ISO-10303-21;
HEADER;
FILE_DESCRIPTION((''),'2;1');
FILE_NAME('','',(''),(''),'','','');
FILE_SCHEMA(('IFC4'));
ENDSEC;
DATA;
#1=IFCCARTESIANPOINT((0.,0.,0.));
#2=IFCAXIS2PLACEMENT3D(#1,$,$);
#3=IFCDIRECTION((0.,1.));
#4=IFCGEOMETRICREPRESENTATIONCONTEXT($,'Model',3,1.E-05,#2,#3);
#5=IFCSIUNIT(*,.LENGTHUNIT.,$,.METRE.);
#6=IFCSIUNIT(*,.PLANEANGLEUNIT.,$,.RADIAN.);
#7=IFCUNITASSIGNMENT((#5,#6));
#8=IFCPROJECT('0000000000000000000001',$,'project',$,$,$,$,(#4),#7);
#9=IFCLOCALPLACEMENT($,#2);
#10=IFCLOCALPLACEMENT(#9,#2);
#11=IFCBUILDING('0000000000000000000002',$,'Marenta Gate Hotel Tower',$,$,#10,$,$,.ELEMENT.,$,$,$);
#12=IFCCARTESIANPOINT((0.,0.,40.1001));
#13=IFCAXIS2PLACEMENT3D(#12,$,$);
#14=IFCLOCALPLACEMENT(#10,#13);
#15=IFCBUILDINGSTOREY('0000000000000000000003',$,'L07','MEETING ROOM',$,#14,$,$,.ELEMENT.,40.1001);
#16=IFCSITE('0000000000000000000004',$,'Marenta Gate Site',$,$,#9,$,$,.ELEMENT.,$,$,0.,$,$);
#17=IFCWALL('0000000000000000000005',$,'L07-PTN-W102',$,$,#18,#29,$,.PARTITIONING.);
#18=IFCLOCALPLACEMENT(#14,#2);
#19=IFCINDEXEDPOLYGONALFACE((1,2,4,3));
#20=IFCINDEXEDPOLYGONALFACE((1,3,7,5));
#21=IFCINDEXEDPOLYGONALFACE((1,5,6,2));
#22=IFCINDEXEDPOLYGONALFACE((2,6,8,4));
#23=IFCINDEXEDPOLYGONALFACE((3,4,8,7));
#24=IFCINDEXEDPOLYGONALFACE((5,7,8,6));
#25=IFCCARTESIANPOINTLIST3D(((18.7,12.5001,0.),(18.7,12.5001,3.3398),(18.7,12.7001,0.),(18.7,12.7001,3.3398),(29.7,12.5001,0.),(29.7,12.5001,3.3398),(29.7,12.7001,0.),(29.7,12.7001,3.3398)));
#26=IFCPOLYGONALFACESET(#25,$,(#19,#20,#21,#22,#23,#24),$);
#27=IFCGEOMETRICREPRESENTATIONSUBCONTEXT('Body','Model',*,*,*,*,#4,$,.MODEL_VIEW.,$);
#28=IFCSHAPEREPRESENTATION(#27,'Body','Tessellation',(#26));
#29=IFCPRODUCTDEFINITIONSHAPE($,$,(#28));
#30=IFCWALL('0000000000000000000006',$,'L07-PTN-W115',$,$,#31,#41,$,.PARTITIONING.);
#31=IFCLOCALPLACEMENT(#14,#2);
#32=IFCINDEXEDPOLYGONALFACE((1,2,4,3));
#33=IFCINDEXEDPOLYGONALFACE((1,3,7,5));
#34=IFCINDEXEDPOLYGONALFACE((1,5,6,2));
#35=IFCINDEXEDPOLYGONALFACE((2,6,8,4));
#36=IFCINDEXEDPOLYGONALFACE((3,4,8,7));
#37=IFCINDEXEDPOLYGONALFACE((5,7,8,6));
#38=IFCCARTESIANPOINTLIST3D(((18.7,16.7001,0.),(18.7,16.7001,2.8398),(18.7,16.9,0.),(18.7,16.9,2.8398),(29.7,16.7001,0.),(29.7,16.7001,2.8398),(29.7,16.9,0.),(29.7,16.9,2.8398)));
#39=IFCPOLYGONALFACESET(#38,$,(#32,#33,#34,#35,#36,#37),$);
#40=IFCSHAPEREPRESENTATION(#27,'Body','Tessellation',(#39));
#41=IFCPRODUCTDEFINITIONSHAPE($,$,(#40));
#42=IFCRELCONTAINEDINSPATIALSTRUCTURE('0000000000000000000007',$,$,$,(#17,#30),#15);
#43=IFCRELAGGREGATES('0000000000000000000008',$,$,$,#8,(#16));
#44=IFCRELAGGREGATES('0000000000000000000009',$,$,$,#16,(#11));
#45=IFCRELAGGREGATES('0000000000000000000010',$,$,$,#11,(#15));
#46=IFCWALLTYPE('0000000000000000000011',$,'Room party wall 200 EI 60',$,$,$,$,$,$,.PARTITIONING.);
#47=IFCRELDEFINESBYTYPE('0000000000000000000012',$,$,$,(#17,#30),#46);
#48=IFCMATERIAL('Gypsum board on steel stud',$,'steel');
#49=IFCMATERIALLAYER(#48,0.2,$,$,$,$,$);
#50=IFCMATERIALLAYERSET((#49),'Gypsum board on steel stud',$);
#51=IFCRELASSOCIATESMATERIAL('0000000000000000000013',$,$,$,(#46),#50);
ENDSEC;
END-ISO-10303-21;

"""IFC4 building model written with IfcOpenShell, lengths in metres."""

from ifc_helpers import new_model, si_unit, direction, frame, frame_2d, origin, place, context, subcontext, project, spatial, rectangle, extrude, material, layer, layer_set, type_object, element, save


model = new_model("IFC4")

# Units and contexts
model_context = context("Model", 3, precision=1e-05, world=origin(), true_north=direction((0.0, 1.0)))
body_context = subcontext(model_context, "Body", "Model", "MODEL_VIEW")
ifc_project = project(units=[si_unit("LENGTHUNIT", "METRE"), si_unit("PLANEANGLEUNIT", "RADIAN")], contexts=[model_context])

# Site, building, storey
site_placement = place(None, origin())
site = spatial("IfcSite", under=ifc_project, at=site_placement, Name="Marenta Gate Site", CompositionType="ELEMENT", RefElevation=0.0)
building_placement = place(site_placement, origin())
building = spatial("IfcBuilding", under=site, at=building_placement, Name="Marenta Gate Hotel Tower", CompositionType="ELEMENT")
storey_placement = place(building_placement, frame((0.0, 0.0, 40.1001)))
storey = spatial("IfcBuildingStorey", under=building, at=storey_placement, Name="L07", Description="MEETING ROOM", CompositionType="ELEMENT", Elevation=40.1001)

# Walls
ifc_material_1 = material(Name="Gypsum board on steel stud", Category="steel")
ifc_layer_1 = layer(ifc_material_1, 0.2)
ifc_layer_set_1 = layer_set([ifc_layer_1], Name="Gypsum board on steel stud")
wall_type_1 = type_object("IfcWallType", Name="Room party wall 200 EI 60", PredefinedType="PARTITIONING", material=ifc_layer_set_1)
wall_1_placement = place(storey_placement, frame((18.7, 12.6001, 0.0), z_axis=(0.0, 0.0, 1.0), x_axis=(1.0, 0.0, 0.0)))
element("IfcWall", 1, at=wall_1_placement, inside=storey, type_object=wall_type_1, Name="L07-PTN-W102", PredefinedType="PARTITIONING", context=body_context, shape_type="SweptSolid", body=[
    extrude(rectangle(XDim=11.0, YDim=0.2, at=frame_2d((5.5, 0.0))), origin(), (0.0, 0.0, 1.0), 3.3398),
])
wall_2_placement = place(storey_placement, frame((18.7, 16.8, 0.0), z_axis=(0.0, 0.0, 1.0), x_axis=(1.0, 0.0, 0.0)))
element("IfcWall", 2, at=wall_2_placement, inside=storey, type_object=wall_type_1, Name="L07-PTN-W115", PredefinedType="PARTITIONING", context=body_context, shape_type="SweptSolid", body=[
    extrude(rectangle(XDim=11.0, YDim=0.2, at=frame_2d((5.5, 0.0))), origin(), (0.0, 0.0, 1.0), 2.8398),
])

save(model, "model.ifc")
